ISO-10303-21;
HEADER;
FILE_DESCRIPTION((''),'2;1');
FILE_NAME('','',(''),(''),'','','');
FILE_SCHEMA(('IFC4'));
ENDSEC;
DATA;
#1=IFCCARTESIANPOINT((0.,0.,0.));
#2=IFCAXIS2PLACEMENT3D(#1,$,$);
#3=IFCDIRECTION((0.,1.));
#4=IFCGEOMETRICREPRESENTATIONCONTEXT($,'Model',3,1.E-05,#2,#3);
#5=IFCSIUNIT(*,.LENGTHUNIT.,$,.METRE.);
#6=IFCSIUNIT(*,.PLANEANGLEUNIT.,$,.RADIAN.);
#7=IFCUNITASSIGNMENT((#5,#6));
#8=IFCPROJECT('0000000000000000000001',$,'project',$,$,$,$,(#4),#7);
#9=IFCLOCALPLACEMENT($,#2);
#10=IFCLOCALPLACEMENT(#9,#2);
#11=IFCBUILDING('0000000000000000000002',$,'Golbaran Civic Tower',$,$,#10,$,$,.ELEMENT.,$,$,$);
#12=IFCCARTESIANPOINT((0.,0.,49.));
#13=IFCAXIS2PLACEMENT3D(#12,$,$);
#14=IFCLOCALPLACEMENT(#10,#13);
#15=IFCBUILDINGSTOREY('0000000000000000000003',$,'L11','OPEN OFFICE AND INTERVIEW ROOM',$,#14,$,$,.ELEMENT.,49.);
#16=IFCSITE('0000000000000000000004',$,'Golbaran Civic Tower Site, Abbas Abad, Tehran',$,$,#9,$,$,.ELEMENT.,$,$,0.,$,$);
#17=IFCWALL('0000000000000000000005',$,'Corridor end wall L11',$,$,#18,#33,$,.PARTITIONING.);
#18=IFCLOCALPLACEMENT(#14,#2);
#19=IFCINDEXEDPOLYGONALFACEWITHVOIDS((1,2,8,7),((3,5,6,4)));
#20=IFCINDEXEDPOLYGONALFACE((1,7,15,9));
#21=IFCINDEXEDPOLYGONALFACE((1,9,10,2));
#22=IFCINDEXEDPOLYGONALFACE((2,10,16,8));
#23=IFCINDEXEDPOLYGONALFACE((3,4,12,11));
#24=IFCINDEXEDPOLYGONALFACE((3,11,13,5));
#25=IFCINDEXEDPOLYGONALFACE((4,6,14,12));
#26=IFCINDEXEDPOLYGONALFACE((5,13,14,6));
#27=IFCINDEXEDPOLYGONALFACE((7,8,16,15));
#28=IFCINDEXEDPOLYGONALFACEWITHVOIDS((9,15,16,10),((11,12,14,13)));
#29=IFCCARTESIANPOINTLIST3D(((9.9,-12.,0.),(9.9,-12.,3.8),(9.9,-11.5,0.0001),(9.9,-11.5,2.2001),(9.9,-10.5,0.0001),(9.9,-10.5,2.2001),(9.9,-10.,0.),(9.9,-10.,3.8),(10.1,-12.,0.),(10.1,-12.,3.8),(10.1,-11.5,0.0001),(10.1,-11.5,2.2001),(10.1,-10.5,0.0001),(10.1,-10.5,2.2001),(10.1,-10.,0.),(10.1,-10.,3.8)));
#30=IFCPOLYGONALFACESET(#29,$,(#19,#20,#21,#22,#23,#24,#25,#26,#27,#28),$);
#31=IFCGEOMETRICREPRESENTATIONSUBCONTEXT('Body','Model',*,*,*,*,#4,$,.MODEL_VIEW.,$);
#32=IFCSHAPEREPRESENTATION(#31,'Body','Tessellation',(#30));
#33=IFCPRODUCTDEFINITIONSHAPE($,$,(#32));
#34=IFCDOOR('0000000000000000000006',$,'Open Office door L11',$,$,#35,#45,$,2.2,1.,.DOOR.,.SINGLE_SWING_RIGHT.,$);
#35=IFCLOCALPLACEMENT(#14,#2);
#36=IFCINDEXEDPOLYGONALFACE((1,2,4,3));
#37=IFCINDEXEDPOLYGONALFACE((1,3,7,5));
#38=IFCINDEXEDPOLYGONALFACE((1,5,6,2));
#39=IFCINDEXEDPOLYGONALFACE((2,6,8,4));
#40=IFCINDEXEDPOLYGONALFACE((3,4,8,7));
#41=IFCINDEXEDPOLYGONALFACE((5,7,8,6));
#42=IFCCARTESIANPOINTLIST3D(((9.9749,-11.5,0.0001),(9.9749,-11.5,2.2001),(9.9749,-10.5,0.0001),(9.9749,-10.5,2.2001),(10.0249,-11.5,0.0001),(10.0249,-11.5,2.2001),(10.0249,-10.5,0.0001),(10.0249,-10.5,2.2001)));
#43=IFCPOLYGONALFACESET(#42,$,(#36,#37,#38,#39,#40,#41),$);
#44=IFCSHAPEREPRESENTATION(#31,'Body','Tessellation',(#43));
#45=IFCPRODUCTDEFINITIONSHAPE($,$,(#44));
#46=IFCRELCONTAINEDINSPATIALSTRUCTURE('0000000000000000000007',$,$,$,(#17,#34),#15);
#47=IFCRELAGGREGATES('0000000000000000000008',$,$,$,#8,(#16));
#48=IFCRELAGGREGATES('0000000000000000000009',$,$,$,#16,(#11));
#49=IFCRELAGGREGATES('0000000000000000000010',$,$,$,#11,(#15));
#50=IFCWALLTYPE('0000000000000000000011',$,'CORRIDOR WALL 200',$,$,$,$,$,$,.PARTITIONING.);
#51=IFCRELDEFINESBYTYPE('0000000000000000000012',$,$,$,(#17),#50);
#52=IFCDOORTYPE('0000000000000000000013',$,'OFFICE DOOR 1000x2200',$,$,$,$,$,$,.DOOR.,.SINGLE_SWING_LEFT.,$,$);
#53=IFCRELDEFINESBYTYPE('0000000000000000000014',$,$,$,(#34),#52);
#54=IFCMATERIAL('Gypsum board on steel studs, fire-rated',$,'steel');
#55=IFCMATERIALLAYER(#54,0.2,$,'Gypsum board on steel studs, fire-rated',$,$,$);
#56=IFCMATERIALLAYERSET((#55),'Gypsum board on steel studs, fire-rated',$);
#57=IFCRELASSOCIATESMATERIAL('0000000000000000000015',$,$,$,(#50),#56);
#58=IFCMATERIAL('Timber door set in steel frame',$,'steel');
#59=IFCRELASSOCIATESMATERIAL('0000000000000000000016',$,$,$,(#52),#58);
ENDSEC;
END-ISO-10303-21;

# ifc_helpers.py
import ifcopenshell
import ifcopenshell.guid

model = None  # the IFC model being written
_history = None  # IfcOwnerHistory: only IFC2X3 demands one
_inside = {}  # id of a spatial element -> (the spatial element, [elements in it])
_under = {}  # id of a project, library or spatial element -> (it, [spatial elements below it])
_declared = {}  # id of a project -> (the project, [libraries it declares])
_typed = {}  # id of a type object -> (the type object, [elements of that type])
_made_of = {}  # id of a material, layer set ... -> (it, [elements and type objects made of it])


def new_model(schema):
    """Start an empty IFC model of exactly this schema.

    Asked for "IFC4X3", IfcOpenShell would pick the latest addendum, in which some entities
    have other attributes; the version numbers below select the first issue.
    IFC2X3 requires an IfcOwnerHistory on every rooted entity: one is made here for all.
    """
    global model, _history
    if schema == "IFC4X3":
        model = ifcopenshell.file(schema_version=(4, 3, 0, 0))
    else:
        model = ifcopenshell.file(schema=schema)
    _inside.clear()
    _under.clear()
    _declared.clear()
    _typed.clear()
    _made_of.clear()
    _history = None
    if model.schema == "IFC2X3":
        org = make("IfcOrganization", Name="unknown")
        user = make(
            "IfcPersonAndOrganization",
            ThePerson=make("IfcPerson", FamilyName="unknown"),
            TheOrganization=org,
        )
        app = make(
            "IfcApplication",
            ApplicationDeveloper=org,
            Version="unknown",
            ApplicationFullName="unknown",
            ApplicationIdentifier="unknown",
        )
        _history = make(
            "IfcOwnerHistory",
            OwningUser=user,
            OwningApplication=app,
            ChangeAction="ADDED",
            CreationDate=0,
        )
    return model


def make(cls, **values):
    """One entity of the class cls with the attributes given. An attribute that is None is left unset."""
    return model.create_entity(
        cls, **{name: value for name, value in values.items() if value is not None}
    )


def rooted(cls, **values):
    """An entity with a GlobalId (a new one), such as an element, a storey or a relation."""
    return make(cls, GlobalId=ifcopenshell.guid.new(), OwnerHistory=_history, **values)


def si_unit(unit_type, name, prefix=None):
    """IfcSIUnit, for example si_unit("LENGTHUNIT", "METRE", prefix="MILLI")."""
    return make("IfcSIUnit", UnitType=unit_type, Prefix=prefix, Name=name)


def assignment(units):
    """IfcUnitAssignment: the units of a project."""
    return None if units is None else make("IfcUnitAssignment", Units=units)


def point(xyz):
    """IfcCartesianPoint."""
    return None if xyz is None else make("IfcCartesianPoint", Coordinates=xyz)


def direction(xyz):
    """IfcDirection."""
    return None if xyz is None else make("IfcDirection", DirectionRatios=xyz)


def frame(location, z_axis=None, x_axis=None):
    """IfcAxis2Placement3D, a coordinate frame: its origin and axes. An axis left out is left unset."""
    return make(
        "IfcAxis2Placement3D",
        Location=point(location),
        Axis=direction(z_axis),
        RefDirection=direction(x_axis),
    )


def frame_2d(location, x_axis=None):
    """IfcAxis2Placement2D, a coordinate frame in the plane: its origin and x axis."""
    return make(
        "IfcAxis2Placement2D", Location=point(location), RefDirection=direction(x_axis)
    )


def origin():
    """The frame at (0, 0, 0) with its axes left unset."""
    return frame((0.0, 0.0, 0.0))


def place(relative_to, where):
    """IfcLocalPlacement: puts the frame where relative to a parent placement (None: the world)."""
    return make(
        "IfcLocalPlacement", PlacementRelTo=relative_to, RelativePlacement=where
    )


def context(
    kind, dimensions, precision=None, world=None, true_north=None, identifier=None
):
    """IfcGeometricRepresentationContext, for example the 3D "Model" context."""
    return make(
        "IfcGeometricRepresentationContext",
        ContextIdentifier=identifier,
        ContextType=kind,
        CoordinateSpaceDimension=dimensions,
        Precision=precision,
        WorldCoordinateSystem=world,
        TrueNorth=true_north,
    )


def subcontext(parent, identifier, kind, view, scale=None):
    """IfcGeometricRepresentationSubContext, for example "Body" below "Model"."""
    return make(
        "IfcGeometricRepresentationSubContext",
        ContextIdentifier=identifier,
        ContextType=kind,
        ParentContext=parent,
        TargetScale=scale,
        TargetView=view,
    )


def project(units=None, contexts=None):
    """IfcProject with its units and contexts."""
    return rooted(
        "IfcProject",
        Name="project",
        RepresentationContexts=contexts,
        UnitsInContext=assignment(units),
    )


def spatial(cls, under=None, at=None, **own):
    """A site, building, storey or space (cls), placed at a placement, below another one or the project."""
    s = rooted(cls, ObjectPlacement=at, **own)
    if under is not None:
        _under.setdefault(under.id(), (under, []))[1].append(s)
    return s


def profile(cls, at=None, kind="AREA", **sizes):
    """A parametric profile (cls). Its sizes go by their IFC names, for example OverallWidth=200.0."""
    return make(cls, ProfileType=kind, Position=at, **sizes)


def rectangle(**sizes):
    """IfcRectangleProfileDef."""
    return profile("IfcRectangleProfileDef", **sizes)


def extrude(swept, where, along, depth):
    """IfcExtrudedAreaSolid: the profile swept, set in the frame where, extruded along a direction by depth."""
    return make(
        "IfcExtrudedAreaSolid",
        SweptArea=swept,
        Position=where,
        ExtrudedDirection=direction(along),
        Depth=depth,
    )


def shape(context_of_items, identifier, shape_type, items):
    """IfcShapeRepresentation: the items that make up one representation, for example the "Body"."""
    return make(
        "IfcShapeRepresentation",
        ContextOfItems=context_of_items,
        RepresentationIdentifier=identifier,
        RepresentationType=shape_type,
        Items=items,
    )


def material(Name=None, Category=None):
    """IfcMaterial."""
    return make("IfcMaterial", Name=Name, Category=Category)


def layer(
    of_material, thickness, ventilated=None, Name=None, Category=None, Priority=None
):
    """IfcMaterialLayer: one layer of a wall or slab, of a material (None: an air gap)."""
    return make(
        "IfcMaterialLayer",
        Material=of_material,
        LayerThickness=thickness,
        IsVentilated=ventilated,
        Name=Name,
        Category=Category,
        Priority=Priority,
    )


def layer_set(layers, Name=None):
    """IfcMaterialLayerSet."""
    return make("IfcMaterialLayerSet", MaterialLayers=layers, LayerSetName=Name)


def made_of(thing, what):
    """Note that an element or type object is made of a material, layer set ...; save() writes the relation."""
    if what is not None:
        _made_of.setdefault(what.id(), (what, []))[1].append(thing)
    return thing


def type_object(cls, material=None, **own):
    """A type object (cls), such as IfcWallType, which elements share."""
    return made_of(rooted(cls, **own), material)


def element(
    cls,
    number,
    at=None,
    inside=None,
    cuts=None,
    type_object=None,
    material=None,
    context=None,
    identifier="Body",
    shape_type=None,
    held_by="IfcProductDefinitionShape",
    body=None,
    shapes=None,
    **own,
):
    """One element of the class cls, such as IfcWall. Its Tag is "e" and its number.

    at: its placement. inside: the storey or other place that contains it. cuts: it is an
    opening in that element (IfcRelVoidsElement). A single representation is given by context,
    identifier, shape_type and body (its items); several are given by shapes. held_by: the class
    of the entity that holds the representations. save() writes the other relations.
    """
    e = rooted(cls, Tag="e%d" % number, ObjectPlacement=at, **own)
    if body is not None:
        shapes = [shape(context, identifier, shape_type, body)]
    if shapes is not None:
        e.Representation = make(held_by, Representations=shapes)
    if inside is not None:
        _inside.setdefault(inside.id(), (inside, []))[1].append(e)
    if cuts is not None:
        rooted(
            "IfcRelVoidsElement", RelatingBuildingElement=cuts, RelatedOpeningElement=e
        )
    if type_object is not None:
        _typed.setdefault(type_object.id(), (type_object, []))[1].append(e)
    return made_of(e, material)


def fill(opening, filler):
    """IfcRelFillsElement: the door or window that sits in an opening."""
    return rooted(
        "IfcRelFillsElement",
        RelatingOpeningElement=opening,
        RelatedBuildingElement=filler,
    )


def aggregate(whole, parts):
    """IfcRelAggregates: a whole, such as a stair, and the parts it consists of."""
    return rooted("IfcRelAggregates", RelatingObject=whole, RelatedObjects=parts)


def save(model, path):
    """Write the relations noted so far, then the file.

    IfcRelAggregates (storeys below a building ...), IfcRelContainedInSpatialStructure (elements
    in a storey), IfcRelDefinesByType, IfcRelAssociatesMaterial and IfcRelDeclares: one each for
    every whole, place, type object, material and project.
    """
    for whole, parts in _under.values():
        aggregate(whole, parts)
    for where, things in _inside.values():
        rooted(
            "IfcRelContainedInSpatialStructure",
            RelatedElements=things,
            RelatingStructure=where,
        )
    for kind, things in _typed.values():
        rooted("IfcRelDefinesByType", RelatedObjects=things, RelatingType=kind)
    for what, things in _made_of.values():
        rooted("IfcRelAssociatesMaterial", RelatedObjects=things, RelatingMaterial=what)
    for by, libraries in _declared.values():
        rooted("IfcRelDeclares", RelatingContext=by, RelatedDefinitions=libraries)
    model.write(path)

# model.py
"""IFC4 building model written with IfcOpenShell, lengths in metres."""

from ifc_helpers import new_model, si_unit, direction, frame, frame_2d, origin, place, context, subcontext, project, spatial, rectangle, extrude, material, layer, layer_set, type_object, element, fill, save


model = new_model("IFC4")

# Units and contexts
model_context = context("Model", 3, precision=1e-05, world=origin(), true_north=direction((0.0, 1.0)))
body_context = subcontext(model_context, "Body", "Model", "MODEL_VIEW")
ifc_project = project(units=[si_unit("LENGTHUNIT", "METRE"), si_unit("PLANEANGLEUNIT", "RADIAN")], contexts=[model_context])

# Site, building, storey
site_placement = place(None, origin())
site = spatial("IfcSite", under=ifc_project, at=site_placement, Name="Golbaran Civic Tower Site, Abbas Abad, Tehran", CompositionType="ELEMENT", RefElevation=0.0)
building_placement = place(site_placement, origin())
building = spatial("IfcBuilding", under=site, at=building_placement, Name="Golbaran Civic Tower", CompositionType="ELEMENT")
storey_placement = place(building_placement, frame((0.0, 0.0, 49.0)))
storey = spatial("IfcBuildingStorey", under=building, at=storey_placement, Name="L11", Description="OPEN OFFICE AND INTERVIEW ROOM", CompositionType="ELEMENT", Elevation=49.0)

# Shared definitions
ifc_material_1 = material(Name="Timber door set in steel frame", Category="steel")

# Shared definitions
ifc_material_2 = material(Name="Gypsum board on steel studs, fire-rated", Category="steel")
ifc_layer_1 = layer(ifc_material_2, 0.2, Name="Gypsum board on steel studs, fire-rated")
ifc_layer_set_1 = layer_set([ifc_layer_1], Name="Gypsum board on steel studs, fire-rated")
wall_type_1 = type_object("IfcWallType", Name="CORRIDOR WALL 200", PredefinedType="PARTITIONING", material=ifc_layer_set_1)

# Wall, opening, door
wall_1_placement = place(storey_placement, frame((10.0, -10.0, 0.0), z_axis=(0.0, 0.0, 1.0), x_axis=(0.0, -1.0, 0.0)))
wall_1 = element("IfcWall", 1, at=wall_1_placement, inside=storey, type_object=wall_type_1, Name="Corridor end wall L11", PredefinedType="PARTITIONING", context=body_context, shape_type="SweptSolid", body=[
    extrude(rectangle(XDim=2.0, YDim=0.2, at=frame_2d((1.0, 0.0))), origin(), (0.0, 0.0, 1.0), 3.8),
])
opening_1_placement = place(wall_1_placement, frame((0.5, 0.0, 0.0)))
opening_1 = element("IfcOpeningElement", 2, at=opening_1_placement, cuts=wall_1, PredefinedType="OPENING", context=body_context, shape_type="SweptSolid", body=[
    extrude(rectangle(XDim=1.0, YDim=2.2, at=frame_2d((0.5, 1.1001))), frame((0.0, 0.1099, 0.0), z_axis=(0.0, -1.0, 0.0), x_axis=(1.0, 0.0, 0.0)), (0.0, 0.0, 1.0), 0.22),
])
door_type_1 = type_object("IfcDoorType", Name="OFFICE DOOR 1000x2200", OperationType="SINGLE_SWING_LEFT", PredefinedType="DOOR", material=ifc_material_1)
door_1_placement = place(opening_1_placement, origin())
door_1 = element("IfcDoor", 3, at=door_1_placement, inside=storey, type_object=door_type_1, Name="Open Office door L11", OperationType="SINGLE_SWING_RIGHT", OverallHeight=2.2, OverallWidth=1.0, PredefinedType="DOOR", context=body_context, shape_type="SweptSolid", body=[
    extrude(rectangle(XDim=1.0, YDim=2.2, at=frame_2d((0.5, 1.1001))), frame((0.0, 0.0249, 0.0), z_axis=(0.0, -1.0, 0.0), x_axis=(1.0, 0.0, 0.0)), (0.0, 0.0, 1.0), 0.05),
])
fill(opening_1, door_1)

save(model, "model.ifc")
